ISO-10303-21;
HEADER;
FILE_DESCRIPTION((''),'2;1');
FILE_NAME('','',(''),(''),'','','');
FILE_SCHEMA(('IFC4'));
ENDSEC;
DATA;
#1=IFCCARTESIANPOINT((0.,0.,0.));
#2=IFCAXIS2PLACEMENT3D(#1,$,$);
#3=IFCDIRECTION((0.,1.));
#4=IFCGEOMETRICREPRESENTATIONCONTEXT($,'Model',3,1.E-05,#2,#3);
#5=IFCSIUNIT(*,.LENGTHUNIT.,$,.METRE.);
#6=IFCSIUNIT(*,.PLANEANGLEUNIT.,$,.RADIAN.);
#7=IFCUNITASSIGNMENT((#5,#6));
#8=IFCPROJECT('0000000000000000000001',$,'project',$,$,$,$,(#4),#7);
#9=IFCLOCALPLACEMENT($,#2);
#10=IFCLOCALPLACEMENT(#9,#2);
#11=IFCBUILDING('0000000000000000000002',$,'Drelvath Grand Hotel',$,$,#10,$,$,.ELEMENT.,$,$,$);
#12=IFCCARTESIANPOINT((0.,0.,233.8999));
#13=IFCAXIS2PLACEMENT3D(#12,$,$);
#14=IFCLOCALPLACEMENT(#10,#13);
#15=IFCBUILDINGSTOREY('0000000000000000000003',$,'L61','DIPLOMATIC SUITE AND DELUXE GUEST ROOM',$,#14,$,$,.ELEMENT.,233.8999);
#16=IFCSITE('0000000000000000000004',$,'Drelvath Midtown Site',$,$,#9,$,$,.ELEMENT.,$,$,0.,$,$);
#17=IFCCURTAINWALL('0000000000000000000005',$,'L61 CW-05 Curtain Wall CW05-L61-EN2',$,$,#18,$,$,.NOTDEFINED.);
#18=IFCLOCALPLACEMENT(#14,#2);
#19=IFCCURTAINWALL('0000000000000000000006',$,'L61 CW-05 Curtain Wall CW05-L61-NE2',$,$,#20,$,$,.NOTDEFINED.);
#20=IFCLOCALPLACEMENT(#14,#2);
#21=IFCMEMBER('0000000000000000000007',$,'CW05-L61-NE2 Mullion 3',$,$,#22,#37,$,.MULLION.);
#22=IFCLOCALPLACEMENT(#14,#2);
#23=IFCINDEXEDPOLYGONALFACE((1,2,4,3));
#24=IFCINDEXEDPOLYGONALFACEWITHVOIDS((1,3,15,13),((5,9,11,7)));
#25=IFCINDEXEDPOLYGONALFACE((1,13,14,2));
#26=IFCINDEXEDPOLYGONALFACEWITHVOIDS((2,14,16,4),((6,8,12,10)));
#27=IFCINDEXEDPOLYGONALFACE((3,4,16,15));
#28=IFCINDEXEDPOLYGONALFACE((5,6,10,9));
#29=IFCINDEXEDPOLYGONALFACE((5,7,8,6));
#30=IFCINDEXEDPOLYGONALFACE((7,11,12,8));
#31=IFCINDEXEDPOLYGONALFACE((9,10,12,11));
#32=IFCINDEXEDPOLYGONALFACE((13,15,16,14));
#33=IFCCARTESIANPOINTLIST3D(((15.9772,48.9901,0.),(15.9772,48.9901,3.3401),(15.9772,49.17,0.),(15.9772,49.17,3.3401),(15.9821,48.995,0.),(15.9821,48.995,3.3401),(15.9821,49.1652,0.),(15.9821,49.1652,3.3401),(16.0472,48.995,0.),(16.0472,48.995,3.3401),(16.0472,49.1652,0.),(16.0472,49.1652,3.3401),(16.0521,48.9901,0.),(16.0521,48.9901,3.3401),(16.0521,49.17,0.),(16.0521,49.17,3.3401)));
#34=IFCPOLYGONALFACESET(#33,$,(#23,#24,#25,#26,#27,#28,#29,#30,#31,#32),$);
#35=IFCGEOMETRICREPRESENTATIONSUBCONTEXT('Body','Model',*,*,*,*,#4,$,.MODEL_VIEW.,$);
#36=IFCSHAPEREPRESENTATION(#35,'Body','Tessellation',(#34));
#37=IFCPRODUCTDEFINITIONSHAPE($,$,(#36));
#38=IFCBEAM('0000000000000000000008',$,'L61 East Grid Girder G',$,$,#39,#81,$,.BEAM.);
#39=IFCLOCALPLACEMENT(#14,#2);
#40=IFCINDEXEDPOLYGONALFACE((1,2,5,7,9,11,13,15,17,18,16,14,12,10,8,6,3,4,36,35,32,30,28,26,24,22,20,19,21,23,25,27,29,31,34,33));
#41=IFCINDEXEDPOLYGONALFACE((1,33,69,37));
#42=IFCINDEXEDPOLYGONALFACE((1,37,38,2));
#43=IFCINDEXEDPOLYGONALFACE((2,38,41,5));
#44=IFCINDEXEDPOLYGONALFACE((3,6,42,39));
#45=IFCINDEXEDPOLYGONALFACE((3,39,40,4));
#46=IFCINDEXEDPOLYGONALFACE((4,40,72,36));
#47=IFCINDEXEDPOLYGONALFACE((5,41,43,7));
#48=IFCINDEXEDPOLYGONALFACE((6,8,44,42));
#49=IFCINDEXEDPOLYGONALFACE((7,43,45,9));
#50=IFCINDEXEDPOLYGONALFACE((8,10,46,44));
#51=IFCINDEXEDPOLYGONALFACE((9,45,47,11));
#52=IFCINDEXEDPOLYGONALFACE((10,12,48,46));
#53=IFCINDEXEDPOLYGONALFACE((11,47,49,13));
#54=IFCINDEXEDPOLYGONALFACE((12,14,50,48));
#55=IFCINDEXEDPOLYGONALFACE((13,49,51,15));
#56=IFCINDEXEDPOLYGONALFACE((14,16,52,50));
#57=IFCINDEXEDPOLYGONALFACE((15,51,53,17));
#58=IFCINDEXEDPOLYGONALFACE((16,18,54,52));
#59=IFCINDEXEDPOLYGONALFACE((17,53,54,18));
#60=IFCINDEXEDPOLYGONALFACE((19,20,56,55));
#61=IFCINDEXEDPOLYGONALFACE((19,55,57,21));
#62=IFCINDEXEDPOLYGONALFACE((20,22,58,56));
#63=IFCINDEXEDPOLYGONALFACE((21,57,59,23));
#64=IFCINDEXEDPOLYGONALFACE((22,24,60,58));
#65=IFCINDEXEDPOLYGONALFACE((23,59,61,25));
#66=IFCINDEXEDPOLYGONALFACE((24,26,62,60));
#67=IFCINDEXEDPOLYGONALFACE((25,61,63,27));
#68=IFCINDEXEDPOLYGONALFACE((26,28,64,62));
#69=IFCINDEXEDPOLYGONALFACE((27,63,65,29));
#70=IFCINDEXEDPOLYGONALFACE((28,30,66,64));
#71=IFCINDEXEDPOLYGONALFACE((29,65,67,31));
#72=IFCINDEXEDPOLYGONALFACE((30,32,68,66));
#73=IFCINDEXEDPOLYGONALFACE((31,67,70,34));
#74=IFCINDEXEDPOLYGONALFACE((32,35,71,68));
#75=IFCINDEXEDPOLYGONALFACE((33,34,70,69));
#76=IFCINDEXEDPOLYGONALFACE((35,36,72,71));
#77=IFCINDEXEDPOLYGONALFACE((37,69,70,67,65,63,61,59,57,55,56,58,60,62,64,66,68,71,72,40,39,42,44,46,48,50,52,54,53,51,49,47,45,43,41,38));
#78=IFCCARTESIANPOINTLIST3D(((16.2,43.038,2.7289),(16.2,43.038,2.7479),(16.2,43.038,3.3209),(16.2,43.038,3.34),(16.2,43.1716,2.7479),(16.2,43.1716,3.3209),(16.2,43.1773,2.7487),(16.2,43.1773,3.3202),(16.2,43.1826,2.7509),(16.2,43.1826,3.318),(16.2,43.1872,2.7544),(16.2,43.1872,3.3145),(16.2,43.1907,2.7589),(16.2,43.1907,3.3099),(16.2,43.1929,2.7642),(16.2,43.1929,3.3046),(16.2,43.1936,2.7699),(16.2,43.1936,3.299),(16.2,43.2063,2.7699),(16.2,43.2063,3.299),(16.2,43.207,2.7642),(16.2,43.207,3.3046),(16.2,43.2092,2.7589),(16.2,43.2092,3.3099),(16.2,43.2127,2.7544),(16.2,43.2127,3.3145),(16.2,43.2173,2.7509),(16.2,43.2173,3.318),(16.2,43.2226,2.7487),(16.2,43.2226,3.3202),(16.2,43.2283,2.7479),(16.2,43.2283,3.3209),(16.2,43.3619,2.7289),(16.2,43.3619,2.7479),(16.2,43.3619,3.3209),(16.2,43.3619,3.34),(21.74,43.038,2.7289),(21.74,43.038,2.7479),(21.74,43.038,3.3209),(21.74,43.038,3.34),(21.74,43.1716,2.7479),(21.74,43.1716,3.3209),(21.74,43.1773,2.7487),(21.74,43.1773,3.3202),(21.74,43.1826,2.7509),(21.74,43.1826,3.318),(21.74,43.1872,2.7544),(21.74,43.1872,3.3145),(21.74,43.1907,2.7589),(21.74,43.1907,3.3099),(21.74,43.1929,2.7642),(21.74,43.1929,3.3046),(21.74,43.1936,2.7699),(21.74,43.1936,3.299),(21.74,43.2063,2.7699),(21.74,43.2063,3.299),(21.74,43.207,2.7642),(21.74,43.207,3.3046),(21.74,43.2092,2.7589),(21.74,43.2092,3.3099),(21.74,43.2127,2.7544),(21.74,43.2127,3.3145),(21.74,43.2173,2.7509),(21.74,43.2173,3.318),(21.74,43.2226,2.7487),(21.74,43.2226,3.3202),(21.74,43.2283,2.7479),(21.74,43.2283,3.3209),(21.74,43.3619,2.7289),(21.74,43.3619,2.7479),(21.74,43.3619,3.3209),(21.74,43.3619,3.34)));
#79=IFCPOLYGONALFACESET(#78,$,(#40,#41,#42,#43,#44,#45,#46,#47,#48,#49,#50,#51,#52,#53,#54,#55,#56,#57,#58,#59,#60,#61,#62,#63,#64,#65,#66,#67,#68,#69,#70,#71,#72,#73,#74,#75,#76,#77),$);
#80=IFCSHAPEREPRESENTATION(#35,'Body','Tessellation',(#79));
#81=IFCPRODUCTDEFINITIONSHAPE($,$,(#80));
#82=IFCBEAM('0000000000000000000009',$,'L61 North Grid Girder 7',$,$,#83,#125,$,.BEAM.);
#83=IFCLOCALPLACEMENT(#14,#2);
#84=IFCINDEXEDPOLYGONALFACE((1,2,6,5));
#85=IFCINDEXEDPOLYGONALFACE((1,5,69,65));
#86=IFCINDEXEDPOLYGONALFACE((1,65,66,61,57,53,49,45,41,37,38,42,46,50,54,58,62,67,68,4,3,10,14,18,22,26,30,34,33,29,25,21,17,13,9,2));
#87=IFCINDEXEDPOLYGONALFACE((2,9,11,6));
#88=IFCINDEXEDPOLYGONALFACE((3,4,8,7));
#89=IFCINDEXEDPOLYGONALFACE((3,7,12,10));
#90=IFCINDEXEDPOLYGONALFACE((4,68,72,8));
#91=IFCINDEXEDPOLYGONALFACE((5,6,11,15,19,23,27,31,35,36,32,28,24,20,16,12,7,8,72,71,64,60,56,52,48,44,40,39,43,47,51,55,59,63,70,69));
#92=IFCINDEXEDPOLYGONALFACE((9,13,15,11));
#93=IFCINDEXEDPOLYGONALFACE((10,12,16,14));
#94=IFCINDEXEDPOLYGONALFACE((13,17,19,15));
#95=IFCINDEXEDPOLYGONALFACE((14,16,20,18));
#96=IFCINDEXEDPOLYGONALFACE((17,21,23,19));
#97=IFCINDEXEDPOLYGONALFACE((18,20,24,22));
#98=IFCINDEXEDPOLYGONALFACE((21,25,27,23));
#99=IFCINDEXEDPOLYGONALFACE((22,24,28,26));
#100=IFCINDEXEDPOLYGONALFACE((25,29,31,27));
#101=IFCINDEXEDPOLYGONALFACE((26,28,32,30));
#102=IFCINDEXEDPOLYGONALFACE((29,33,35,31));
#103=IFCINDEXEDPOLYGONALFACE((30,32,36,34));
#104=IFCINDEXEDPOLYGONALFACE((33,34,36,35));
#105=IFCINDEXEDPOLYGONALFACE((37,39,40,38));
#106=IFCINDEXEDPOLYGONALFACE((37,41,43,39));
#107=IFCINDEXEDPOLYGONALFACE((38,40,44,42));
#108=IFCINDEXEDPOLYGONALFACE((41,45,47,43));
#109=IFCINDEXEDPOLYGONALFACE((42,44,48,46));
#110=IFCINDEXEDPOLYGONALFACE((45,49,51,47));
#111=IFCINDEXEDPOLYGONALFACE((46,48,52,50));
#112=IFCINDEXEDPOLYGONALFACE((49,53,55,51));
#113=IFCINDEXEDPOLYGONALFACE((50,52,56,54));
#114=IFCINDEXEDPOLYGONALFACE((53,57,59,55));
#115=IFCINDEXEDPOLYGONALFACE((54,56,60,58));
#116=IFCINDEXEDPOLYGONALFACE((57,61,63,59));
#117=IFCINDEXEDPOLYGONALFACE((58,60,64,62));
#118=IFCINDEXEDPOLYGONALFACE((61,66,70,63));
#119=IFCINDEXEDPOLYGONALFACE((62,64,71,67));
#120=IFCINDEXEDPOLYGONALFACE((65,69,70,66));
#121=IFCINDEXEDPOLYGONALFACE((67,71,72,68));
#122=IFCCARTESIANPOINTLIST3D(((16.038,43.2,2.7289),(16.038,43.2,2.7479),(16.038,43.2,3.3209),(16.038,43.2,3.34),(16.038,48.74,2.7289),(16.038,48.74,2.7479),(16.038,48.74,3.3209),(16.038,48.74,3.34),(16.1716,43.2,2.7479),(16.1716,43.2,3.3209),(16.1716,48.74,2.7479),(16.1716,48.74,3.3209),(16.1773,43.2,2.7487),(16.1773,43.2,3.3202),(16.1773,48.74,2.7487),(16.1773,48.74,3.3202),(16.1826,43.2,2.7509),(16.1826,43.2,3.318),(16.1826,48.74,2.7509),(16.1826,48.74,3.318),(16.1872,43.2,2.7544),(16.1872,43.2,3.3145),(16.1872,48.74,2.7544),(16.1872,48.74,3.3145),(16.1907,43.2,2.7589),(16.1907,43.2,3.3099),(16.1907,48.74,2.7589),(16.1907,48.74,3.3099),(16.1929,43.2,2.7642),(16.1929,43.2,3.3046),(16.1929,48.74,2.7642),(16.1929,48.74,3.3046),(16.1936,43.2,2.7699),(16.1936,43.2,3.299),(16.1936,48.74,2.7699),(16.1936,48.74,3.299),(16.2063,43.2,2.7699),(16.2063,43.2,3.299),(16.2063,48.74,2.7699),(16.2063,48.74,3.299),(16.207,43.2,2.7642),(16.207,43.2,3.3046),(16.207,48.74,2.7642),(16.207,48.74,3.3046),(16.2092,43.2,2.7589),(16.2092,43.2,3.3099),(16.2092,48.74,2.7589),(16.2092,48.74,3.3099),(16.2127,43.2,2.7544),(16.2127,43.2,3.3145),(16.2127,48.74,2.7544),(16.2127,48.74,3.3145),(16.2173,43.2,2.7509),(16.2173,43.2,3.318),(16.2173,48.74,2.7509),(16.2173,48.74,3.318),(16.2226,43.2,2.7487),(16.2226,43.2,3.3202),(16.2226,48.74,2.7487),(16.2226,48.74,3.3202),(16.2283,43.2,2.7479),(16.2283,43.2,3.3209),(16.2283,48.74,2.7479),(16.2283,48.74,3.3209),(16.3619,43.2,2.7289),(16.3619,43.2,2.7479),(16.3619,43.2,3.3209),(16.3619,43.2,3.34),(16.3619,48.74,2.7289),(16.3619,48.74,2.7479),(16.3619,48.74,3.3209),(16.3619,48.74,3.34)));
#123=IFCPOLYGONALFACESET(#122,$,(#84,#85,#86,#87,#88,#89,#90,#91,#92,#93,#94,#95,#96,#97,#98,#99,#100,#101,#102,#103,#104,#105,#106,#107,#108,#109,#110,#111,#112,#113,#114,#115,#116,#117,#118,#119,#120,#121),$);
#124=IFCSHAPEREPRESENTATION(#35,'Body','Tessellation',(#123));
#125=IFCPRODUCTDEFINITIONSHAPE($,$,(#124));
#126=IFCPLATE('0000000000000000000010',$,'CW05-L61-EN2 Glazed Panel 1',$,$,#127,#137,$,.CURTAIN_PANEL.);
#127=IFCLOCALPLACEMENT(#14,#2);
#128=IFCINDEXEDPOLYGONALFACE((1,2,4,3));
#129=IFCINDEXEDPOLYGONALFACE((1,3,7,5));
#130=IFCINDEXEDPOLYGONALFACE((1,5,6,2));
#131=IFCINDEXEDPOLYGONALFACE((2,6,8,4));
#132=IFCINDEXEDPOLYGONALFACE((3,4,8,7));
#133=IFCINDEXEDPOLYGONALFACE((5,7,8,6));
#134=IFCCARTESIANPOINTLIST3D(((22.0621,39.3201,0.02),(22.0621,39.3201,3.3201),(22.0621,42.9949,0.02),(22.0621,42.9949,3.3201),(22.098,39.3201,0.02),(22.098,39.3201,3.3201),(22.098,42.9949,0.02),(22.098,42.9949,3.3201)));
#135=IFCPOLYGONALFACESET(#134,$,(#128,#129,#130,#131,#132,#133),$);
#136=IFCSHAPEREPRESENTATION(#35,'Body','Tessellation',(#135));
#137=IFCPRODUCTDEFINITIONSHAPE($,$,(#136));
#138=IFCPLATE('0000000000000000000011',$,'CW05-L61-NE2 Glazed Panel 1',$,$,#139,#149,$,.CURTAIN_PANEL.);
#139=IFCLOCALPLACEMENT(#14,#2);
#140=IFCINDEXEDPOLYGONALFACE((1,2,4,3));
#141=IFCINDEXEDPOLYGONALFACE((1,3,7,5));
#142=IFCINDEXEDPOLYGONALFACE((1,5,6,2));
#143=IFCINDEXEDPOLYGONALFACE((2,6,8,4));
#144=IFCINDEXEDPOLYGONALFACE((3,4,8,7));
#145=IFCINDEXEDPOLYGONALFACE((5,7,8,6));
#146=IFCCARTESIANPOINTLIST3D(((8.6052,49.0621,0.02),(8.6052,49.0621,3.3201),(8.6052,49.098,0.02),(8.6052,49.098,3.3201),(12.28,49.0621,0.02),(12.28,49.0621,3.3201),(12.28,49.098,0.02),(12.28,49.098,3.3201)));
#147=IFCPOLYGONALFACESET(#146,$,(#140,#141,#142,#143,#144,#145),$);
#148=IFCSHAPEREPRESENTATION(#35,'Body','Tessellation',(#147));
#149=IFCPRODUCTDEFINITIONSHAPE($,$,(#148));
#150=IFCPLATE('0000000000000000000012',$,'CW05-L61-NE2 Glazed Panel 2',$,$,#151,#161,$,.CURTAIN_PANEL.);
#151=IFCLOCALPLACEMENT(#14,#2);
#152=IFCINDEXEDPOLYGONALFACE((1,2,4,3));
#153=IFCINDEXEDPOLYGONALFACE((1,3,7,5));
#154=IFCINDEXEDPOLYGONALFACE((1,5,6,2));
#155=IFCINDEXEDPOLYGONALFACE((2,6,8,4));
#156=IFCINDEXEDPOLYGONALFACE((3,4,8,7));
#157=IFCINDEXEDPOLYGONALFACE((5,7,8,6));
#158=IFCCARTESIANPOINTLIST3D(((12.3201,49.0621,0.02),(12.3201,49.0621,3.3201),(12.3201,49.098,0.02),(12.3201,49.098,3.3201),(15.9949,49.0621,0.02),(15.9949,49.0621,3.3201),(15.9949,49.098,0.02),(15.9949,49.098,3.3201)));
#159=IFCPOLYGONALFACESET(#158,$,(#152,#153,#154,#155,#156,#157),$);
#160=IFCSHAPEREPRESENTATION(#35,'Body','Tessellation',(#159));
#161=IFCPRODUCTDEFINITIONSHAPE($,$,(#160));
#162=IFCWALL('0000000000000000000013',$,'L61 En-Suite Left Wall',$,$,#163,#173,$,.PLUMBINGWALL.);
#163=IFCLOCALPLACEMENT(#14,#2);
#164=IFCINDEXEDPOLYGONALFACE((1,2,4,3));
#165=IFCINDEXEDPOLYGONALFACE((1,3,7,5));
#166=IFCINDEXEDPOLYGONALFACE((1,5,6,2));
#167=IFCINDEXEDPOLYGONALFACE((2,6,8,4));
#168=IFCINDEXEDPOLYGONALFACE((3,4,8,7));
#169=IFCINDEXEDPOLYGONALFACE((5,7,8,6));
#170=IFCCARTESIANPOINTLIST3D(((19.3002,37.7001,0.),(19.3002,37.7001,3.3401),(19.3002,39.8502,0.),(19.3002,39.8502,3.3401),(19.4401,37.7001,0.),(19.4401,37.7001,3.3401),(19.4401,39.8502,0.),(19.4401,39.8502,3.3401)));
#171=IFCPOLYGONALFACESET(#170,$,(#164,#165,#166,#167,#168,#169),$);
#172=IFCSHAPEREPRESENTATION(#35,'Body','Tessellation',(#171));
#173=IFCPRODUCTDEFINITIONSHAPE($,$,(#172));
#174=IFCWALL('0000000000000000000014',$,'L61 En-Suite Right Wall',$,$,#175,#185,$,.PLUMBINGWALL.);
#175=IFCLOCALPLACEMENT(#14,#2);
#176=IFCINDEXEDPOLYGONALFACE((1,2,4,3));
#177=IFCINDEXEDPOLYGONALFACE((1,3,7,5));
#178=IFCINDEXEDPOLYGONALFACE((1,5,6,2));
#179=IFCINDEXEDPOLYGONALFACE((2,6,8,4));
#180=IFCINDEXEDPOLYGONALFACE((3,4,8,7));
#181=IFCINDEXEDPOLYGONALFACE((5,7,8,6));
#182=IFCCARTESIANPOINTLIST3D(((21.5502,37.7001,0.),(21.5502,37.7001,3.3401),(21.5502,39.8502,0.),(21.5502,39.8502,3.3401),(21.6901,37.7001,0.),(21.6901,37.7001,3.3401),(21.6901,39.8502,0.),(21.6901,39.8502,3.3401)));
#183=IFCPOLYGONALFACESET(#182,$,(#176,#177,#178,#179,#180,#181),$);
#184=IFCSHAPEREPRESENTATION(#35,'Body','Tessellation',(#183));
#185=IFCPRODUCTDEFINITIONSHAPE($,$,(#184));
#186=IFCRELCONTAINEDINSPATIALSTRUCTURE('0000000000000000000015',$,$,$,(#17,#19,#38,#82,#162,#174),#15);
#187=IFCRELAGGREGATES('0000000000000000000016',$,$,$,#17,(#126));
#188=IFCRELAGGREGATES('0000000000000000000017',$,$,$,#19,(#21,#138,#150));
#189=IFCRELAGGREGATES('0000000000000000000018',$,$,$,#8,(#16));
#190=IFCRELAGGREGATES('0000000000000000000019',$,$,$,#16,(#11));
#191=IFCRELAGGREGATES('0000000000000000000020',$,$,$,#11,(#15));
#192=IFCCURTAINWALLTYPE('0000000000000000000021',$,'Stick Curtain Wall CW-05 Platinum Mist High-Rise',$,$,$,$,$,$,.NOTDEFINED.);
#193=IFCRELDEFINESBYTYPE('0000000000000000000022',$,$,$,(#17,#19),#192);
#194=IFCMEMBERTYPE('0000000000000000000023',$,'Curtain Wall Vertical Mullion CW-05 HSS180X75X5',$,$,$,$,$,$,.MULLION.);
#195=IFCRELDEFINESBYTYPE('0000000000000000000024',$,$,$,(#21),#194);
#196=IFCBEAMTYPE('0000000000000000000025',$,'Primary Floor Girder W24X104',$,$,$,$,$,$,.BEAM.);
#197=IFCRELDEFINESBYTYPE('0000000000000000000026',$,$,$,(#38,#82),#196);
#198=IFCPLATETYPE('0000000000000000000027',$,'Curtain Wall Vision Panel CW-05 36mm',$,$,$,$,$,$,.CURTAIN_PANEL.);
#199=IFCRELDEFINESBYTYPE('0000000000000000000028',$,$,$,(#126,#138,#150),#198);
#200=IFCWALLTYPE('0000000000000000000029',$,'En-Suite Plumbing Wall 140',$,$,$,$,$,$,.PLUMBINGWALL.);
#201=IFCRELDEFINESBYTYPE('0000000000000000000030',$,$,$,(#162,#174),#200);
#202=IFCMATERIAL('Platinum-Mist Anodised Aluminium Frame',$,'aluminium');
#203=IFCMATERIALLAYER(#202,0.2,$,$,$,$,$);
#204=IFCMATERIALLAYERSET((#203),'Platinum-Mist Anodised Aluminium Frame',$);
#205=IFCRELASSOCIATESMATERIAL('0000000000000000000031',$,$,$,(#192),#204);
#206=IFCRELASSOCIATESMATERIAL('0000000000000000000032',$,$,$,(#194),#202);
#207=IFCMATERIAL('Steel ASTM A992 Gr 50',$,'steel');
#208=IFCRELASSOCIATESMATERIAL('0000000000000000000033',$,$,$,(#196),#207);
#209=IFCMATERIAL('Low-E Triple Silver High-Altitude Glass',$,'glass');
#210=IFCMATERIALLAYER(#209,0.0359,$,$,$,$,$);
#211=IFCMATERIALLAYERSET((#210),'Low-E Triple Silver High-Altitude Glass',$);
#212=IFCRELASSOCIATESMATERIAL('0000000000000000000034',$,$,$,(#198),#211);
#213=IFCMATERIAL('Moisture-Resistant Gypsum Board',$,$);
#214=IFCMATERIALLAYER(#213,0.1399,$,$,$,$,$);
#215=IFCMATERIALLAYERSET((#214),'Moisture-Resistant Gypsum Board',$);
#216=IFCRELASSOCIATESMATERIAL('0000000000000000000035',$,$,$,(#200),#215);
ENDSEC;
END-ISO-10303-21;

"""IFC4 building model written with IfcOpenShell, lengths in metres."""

from ifc_helpers import new_model, si_unit, direction, frame, frame_2d, origin, origin_2d, place, context, subcontext, project, spatial, rectangle, hollow_rectangle, i_section, extrude, material, layer, layer_set, material_profile, profile_set, type_object, element, aggregate, save


model = new_model("IFC4")

# Units and contexts
model_context = context("Model", 3, precision=1e-05, world=origin(), true_north=direction((0.0, 1.0)))
body_context = subcontext(model_context, "Body", "Model", "MODEL_VIEW")
ifc_project = project(units=[si_unit("LENGTHUNIT", "METRE"), si_unit("PLANEANGLEUNIT", "RADIAN")], contexts=[model_context])

# Site, building, storey
site_placement = place(None, origin())
site = spatial("IfcSite", under=ifc_project, at=site_placement, Name="Drelvath Midtown Site", CompositionType="ELEMENT", RefElevation=0.0)
building_placement = place(site_placement, origin())
building = spatial("IfcBuilding", under=site, at=building_placement, Name="Drelvath Grand Hotel", CompositionType="ELEMENT")
storey_placement = place(building_placement, frame((0.0, 0.0, 233.8999)))
storey = spatial("IfcBuildingStorey", under=building, at=storey_placement, Name="L61", Description="DIPLOMATIC SUITE AND DELUXE GUEST ROOM", CompositionType="ELEMENT", Elevation=233.8999)

# Curtain walls, member
ifc_material_1 = material(Name="Platinum-Mist Anodised Aluminium Frame", Category="aluminium")
ifc_layer_1 = layer(ifc_material_1, 0.2)
ifc_layer_set_1 = layer_set([ifc_layer_1], Name="Platinum-Mist Anodised Aluminium Frame")
curtain_wall_type = type_object("IfcCurtainWallType", Name="Stick Curtain Wall CW-05 Platinum Mist High-Rise", PredefinedType="NOTDEFINED", material=ifc_layer_set_1)
curtain_wall_1_placement = place(storey_placement, origin())
curtain_wall_1 = element("IfcCurtainWall", 1, at=curtain_wall_1_placement, inside=storey, type_object=curtain_wall_type, Name="L61 CW-05 Curtain Wall CW05-L61-EN2", PredefinedType="NOTDEFINED")
ifc_material_profile_1 = material_profile(ifc_material_1, hollow_rectangle(XDim=0.075, YDim=0.1799, WallThickness=0.0049, at=origin_2d()), Name="HSS180X75X5")
ifc_profile_set_1 = profile_set([ifc_material_profile_1], Name="Platinum-Mist Anodised Aluminium Frame")
member_type_1 = type_object("IfcMemberType", Name="Curtain Wall Vertical Mullion CW-05 HSS180X75X5", PredefinedType="MULLION", material=ifc_profile_set_1)
curtain_wall_2_placement = place(storey_placement, origin())
curtain_wall_2 = element("IfcCurtainWall", 2, at=curtain_wall_2_placement, inside=storey, type_object=curtain_wall_type, Name="L61 CW-05 Curtain Wall CW05-L61-NE2", PredefinedType="NOTDEFINED")
member_1_placement = place(storey_placement, frame((16.0146, 49.0801, 0.0), z_axis=(0.0, 0.0, 1.0), x_axis=(1.0, 0.0, 0.0)))
member_1 = element("IfcMember", 3, at=member_1_placement, type_object=member_type_1, Name="CW05-L61-NE2 Mullion 3", PredefinedType="MULLION", context=body_context, shape_type="SweptSolid", body=[
    extrude(hollow_rectangle(XDim=0.075, YDim=0.1799, WallThickness=0.0049, at=origin_2d()), origin(), (0.0, 0.0, 1.0), 3.3401),
])

# Beams
ifc_material_2 = material(Name="Steel ASTM A992 Gr 50", Category="steel")
ifc_material_profile_2 = material_profile(ifc_material_2, i_section(OverallWidth=0.324, OverallDepth=0.6111, WebThickness=0.0127, FlangeThickness=0.019, FilletRadius=0.022, at=origin_2d()), Name="W24X104")
ifc_profile_set_2 = profile_set([ifc_material_profile_2], Name="Steel ASTM A992 Gr 50")
beam_type = type_object("IfcBeamType", Name="Primary Floor Girder W24X104", PredefinedType="BEAM", material=ifc_profile_set_2)
for number, where, z_axis, x_axis, name in (
    (4, (16.2, 43.2, 3.0344), (1.0, 0.0, 0.0), (0.0, 1.0, 0.0), "L61 East Grid Girder G"),
    (5, (16.2, 43.2, 3.0344), (0.0, 1.0, 0.0), (-1.0, 0.0, 0.0), "L61 North Grid Girder 7"),
):
    element("IfcBeam", number, at=place(storey_placement, frame(where, z_axis=z_axis, x_axis=x_axis)), inside=storey, type_object=beam_type, Name=name, PredefinedType="BEAM", context=body_context, shape_type="SweptSolid", body=[
        extrude(i_section(OverallWidth=0.324, OverallDepth=0.6111, WebThickness=0.0127, FlangeThickness=0.019, FilletRadius=0.022, at=origin_2d()), origin(), (0.0, 0.0, 1.0), 5.54),
    ])

# Plates
ifc_material_3 = material(Name="Low-E Triple Silver High-Altitude Glass", Category="glass")
ifc_layer_2 = layer(ifc_material_3, 0.0359)
ifc_layer_set_2 = layer_set([ifc_layer_2], Name="Low-E Triple Silver High-Altitude Glass")
plate_type = type_object("IfcPlateType", Name="Curtain Wall Vision Panel CW-05 36mm", PredefinedType="CURTAIN_PANEL", material=ifc_layer_set_2)
plate_1_placement = place(storey_placement, frame((22.0801, 41.1575, 0.02), z_axis=(0.0, 0.0, 1.0), x_axis=(0.0, -1.0, 0.0)))
plate_1 = element("IfcPlate", 6, at=plate_1_placement, type_object=plate_type, Name="CW05-L61-EN2 Glazed Panel 1", PredefinedType="CURTAIN_PANEL", context=body_context, shape_type="SweptSolid", body=[
    extrude(rectangle(XDim=3.6748, YDim=0.0359, at=origin_2d()), origin(), (0.0, 0.0, 1.0), 3.3),
])
aggregate(curtain_wall_1, [plate_1])
plate_2_placement = place(storey_placement, frame((10.4426, 49.0801, 0.02), z_axis=(0.0, 0.0, 1.0), x_axis=(1.0, 0.0, 0.0)))
plate_2 = element("IfcPlate", 7, at=plate_2_placement, type_object=plate_type, Name="CW05-L61-NE2 Glazed Panel 1", PredefinedType="CURTAIN_PANEL", context=body_context, shape_type="SweptSolid", body=[
    extrude(rectangle(XDim=3.6748, YDim=0.0359, at=origin_2d()), origin(), (0.0, 0.0, 1.0), 3.3),
])
plate_3_placement = place(storey_placement, frame((14.1575, 49.0801, 0.02), z_axis=(0.0, 0.0, 1.0), x_axis=(1.0, 0.0, 0.0)))
plate_3 = element("IfcPlate", 8, at=plate_3_placement, type_object=plate_type, Name="CW05-L61-NE2 Glazed Panel 2", PredefinedType="CURTAIN_PANEL", context=body_context, shape_type="SweptSolid", body=[
    extrude(rectangle(XDim=3.6748, YDim=0.0359, at=origin_2d()), origin(), (0.0, 0.0, 1.0), 3.3),
])
aggregate(curtain_wall_2, [member_1, plate_2, plate_3])

# Walls
ifc_material_4 = material(Name="Moisture-Resistant Gypsum Board")
ifc_layer_3 = layer(ifc_material_4, 0.1399)
ifc_layer_set_3 = layer_set([ifc_layer_3], Name="Moisture-Resistant Gypsum Board")
wall_type_1 = type_object("IfcWallType", Name="En-Suite Plumbing Wall 140", PredefinedType="PLUMBINGWALL", material=ifc_layer_set_3)
for number, where, z_axis, x_axis, name in (
    (9, (19.3701, 37.7, 0.0), (0.0, 0.0, 1.0), (0.0, 1.0, 0.0), "L61 En-Suite Left Wall"),
    (10, (21.6201, 37.7, 0.0), (0.0, 0.0, 1.0), (0.0, 1.0, 0.0), "L61 En-Suite Right Wall"),
):
    element("IfcWall", number, at=place(storey_placement, frame(where, z_axis=z_axis, x_axis=x_axis)), inside=storey, type_object=wall_type_1, Name=name, PredefinedType="PLUMBINGWALL", context=body_context, shape_type="SweptSolid", body=[
        extrude(rectangle(XDim=2.1501, YDim=0.1399, at=frame_2d((1.0752, 0.0))), origin(), (0.0, 0.0, 1.0), 3.3401),
    ])

save(model, "model.ifc")
